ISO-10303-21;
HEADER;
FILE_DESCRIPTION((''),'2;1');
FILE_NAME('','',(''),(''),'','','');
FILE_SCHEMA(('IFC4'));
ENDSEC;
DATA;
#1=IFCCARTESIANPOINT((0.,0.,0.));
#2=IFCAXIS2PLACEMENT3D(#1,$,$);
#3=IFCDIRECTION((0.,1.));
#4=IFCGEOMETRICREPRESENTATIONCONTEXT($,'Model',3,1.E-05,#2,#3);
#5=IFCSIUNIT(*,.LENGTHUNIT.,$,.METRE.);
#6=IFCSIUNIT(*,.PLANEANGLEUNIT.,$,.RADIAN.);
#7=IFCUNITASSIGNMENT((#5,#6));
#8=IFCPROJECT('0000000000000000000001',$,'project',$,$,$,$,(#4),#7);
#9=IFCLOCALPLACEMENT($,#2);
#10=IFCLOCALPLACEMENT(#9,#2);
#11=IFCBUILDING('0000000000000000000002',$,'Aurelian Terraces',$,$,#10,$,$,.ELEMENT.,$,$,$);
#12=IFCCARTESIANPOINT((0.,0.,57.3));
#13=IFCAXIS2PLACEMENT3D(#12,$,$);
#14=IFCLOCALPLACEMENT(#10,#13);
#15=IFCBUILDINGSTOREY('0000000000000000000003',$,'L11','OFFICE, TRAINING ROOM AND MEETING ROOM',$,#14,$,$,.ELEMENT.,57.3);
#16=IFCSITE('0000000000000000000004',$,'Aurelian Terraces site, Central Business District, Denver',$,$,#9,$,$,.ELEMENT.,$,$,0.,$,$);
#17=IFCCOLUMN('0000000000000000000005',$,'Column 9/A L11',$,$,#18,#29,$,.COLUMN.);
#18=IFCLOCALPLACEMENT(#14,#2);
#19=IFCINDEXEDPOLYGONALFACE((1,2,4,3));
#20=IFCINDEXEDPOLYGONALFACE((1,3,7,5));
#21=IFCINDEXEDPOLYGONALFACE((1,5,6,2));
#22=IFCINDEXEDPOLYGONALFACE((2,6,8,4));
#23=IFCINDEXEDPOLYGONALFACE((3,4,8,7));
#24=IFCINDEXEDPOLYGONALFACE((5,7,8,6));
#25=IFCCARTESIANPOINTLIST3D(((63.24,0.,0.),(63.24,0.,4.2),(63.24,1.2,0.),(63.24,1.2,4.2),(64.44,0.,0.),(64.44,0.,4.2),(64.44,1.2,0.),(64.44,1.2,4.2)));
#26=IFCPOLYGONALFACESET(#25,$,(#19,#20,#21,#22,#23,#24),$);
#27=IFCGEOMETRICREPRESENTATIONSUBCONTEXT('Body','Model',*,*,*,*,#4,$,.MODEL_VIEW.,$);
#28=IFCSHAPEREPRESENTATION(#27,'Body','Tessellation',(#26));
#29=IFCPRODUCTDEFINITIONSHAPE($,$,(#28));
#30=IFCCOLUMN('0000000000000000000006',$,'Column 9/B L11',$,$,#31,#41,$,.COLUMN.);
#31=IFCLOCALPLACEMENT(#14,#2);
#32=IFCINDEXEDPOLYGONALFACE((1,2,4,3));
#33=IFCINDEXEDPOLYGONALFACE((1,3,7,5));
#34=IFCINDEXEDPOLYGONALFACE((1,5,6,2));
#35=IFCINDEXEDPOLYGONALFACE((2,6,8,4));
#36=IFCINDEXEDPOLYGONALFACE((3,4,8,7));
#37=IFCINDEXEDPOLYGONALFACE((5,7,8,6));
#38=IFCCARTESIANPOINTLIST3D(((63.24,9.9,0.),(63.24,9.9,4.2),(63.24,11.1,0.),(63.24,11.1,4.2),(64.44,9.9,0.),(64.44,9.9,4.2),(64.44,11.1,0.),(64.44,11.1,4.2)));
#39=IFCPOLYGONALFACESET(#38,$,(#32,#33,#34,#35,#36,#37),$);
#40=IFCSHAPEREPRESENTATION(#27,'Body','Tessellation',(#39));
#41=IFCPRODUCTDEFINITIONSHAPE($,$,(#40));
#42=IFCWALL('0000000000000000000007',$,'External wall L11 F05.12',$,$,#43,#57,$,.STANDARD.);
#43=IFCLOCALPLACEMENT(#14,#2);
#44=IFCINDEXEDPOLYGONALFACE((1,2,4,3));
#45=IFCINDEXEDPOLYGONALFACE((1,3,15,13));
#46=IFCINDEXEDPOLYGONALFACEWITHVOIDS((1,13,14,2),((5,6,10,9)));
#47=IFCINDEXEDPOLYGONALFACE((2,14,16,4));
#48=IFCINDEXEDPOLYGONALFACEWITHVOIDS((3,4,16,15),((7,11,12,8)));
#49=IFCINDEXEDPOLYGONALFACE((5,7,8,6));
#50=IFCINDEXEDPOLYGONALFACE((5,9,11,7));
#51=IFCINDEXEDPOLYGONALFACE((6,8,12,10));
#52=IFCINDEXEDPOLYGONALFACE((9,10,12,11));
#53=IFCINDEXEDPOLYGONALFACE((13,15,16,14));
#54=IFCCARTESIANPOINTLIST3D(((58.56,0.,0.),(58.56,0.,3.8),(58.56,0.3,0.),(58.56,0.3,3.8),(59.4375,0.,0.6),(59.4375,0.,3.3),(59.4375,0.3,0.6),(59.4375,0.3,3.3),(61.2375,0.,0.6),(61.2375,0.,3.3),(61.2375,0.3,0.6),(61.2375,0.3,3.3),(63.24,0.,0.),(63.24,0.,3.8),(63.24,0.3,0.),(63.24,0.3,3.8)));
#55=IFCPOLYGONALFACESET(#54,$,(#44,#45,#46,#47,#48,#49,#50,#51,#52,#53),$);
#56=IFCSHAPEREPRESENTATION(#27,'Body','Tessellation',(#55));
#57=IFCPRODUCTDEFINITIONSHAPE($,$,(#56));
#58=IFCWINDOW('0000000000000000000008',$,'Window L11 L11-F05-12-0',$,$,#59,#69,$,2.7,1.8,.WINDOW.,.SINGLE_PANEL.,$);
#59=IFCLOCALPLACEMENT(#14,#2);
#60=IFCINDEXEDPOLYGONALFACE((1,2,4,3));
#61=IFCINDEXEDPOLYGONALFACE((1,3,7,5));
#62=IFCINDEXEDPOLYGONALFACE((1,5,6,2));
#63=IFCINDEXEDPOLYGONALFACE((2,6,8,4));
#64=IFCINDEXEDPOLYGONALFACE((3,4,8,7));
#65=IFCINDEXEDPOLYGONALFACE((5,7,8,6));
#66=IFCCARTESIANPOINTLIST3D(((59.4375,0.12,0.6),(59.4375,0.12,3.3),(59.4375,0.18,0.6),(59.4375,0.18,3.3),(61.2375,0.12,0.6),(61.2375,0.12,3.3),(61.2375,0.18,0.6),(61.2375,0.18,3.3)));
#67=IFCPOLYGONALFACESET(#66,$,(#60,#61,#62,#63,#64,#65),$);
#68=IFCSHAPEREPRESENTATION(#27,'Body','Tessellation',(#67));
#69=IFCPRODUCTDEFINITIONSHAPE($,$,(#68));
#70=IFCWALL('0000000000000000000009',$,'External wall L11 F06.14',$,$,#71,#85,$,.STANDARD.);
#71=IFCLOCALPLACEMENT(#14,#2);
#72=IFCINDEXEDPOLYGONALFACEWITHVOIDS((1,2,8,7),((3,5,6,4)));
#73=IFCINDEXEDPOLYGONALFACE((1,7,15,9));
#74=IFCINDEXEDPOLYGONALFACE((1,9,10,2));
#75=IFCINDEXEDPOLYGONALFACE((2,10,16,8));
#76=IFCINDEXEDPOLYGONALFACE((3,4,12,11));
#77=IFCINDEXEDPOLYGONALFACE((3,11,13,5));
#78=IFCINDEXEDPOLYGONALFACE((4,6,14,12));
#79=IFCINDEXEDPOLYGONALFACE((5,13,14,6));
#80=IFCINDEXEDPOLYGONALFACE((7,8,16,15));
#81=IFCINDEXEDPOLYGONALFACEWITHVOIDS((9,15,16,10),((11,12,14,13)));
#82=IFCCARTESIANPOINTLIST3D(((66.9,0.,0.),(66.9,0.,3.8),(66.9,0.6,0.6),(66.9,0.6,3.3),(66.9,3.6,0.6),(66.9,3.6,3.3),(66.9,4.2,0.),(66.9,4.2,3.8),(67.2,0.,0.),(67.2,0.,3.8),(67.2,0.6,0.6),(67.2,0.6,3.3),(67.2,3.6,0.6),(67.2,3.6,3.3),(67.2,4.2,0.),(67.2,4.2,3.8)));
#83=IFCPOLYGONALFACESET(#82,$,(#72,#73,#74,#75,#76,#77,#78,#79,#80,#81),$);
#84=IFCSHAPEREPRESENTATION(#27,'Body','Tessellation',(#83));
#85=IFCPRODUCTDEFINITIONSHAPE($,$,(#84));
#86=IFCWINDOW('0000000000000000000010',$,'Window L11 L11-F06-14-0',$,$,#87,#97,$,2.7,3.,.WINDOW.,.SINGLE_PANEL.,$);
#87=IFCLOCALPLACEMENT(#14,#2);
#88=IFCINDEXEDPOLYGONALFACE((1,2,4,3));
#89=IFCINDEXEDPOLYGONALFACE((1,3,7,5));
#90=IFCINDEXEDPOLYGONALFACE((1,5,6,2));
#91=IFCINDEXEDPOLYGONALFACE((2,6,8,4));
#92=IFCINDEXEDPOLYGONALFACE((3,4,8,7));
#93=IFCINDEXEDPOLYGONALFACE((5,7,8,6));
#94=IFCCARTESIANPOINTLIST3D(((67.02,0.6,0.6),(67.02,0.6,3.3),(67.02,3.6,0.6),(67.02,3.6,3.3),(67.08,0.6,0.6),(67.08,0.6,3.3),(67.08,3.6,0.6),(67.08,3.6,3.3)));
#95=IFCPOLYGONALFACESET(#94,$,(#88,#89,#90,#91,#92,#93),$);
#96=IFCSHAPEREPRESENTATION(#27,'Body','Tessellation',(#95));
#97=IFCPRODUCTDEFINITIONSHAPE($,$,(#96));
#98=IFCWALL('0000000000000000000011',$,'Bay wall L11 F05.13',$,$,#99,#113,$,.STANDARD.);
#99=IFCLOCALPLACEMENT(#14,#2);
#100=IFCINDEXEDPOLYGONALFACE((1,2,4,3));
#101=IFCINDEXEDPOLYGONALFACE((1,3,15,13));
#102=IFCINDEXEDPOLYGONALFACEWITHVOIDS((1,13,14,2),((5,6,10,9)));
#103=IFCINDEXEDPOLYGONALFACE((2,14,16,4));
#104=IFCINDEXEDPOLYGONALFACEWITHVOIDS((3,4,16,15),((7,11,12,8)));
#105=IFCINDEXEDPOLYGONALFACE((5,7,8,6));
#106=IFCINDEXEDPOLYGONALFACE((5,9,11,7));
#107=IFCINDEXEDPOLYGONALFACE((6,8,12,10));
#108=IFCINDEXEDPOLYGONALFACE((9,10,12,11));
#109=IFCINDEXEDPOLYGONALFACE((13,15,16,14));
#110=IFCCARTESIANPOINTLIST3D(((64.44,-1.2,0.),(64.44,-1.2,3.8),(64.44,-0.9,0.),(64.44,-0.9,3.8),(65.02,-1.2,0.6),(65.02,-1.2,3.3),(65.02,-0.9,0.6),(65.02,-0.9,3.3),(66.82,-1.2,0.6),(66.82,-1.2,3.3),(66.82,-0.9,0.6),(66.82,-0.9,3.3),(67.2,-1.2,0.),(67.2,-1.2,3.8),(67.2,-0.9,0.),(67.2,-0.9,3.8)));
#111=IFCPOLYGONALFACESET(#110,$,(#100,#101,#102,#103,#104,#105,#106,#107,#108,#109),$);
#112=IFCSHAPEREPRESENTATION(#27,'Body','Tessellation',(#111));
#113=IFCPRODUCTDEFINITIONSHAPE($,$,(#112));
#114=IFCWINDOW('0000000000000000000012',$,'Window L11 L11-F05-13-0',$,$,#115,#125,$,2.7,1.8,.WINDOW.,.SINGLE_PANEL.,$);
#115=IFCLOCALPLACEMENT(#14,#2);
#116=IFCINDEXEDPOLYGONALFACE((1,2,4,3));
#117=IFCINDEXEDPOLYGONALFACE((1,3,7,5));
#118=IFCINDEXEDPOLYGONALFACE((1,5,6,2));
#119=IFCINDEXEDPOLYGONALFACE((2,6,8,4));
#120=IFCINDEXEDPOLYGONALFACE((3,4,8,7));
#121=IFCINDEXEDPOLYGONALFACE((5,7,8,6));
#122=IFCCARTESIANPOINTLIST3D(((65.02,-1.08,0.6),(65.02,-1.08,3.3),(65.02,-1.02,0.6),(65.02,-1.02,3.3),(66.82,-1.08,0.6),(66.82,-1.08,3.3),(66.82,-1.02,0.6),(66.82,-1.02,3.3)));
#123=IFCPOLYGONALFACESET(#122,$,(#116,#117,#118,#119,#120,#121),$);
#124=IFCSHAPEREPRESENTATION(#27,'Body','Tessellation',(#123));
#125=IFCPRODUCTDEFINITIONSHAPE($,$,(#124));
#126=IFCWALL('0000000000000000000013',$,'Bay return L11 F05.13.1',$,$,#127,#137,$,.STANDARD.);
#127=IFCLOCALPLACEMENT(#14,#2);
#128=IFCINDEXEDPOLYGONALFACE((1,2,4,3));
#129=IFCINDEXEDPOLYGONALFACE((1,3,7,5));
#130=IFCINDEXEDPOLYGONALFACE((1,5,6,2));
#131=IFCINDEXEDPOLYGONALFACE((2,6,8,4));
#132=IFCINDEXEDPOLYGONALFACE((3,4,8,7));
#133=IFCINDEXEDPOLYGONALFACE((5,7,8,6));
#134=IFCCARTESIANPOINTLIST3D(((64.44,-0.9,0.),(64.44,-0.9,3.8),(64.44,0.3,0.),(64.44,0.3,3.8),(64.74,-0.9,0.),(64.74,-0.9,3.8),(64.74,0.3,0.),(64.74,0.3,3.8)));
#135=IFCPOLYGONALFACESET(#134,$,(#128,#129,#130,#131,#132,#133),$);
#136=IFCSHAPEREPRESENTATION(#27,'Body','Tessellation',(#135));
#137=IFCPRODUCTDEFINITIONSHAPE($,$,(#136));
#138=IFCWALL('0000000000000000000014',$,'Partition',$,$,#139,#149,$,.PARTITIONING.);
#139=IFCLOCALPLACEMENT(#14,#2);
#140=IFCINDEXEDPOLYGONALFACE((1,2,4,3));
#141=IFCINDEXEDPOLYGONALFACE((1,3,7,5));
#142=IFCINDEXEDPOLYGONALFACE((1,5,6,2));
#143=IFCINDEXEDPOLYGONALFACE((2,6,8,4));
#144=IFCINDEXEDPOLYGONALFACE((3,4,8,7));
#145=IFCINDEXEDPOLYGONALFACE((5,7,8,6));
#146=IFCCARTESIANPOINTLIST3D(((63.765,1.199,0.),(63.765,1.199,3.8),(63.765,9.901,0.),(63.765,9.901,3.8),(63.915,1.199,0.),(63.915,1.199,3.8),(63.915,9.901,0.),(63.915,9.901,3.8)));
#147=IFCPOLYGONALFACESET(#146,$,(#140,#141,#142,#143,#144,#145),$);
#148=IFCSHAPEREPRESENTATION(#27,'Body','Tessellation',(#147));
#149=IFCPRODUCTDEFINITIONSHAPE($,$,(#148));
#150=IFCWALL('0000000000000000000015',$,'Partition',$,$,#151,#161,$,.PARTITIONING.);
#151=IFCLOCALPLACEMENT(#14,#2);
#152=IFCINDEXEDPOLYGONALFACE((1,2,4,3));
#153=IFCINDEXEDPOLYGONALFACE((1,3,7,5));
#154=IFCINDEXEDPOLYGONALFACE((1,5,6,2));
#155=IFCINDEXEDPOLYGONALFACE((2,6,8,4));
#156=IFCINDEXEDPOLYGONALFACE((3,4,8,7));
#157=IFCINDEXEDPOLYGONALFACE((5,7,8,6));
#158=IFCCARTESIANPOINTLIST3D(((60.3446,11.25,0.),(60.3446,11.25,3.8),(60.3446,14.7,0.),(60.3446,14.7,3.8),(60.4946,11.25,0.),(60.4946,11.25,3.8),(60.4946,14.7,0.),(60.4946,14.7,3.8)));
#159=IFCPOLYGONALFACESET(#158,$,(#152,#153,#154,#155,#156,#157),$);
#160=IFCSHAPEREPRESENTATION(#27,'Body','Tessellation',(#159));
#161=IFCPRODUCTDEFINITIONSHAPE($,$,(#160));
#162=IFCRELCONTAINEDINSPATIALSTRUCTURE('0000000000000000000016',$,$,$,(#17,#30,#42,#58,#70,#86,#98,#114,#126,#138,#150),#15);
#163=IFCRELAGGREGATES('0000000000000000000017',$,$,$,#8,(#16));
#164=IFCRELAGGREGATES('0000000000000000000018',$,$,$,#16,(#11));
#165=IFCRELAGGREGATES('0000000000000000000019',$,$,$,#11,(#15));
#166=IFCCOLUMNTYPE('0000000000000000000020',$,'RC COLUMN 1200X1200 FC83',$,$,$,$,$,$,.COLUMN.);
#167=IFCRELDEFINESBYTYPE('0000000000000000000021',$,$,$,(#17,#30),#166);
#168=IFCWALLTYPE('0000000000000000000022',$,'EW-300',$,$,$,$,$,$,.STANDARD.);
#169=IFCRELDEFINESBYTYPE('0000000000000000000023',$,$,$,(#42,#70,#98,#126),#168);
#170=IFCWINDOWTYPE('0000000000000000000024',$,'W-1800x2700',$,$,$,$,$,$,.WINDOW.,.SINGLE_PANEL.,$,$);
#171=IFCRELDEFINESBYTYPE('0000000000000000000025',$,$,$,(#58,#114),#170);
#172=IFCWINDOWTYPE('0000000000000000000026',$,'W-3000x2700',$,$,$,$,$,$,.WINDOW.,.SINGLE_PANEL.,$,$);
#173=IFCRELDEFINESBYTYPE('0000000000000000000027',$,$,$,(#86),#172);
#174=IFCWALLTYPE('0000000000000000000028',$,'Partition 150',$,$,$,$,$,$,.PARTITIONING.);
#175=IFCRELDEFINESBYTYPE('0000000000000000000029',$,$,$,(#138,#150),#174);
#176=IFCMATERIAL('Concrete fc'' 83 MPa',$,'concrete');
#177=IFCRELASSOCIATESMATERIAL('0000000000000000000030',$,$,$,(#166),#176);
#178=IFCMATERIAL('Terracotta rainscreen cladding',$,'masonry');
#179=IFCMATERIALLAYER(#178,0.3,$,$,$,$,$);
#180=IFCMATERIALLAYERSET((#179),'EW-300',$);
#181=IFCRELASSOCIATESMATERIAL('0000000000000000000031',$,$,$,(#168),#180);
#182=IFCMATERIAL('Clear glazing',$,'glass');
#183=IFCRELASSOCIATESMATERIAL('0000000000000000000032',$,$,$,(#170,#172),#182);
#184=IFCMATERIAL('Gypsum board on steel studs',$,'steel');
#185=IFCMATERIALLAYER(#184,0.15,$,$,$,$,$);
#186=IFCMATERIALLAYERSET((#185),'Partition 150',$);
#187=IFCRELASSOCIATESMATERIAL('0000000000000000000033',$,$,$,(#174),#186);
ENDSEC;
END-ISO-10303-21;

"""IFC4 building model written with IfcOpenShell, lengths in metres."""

from ifc_helpers import new_model, si_unit, direction, frame, frame_2d, origin, origin_2d, place, context, subcontext, project, spatial, rectangle, extrude, source, transform, mapped, material, layer, layer_set, material_profile, profile_set, type_object, element, fill, save


model = new_model("IFC4")

# Units and contexts
model_context = context("Model", 3, precision=1e-05, world=origin(), true_north=direction((0.0, 1.0)))
body_context = subcontext(model_context, "Body", "Model", "MODEL_VIEW")
ifc_project = project(units=[si_unit("LENGTHUNIT", "METRE"), si_unit("PLANEANGLEUNIT", "RADIAN")], contexts=[model_context])

# Site, building, storey
site_placement = place(None, origin())
site = spatial("IfcSite", under=ifc_project, at=site_placement, Name="Aurelian Terraces site, Central Business District, Denver", CompositionType="ELEMENT", RefElevation=0.0)
building_placement = place(site_placement, origin())
building = spatial("IfcBuilding", under=site, at=building_placement, Name="Aurelian Terraces", CompositionType="ELEMENT")
storey_placement = place(building_placement, frame((0.0, 0.0, 57.3)))
storey = spatial("IfcBuildingStorey", under=building, at=storey_placement, Name="L11", Description="OFFICE, TRAINING ROOM AND MEETING ROOM", CompositionType="ELEMENT", Elevation=57.3)

# Columns
ifc_material_1 = material(Name="Concrete fc' 83 MPa", Category="concrete")
ifc_material_profile = material_profile(ifc_material_1, rectangle(XDim=1.2, YDim=1.2, at=origin_2d()))
ifc_profile_set = profile_set([ifc_material_profile], Name="Concrete fc' 83 MPa")
column_type = type_object("IfcColumnType", Name="RC COLUMN 1200X1200 FC83", PredefinedType="COLUMN", material=ifc_profile_set)
shared_shape_1 = source(origin(), body_context, "Body", "SweptSolid", [
    extrude(rectangle(XDim=1.2, YDim=1.2, at=origin_2d()), origin(), (0.0, 0.0, 1.0), 4.2),
])
for number, where, z_axis, x_axis, name in (
    (1, (63.84, 0.6, 0.0), (0.0, 0.0, 1.0), (1.0, 0.0, 0.0), "Column 9/A L11"),
    (2, (63.84, 10.5, 0.0), (0.0, 0.0, 1.0), (1.0, 0.0, 0.0), "Column 9/B L11"),
):
    element("IfcColumn", number, at=place(storey_placement, frame(where, z_axis=z_axis, x_axis=x_axis)), inside=storey, type_object=column_type, Name=name, PredefinedType="COLUMN", context=body_context, shape_type="MappedRepresentation", body=[
        mapped(shared_shape_1, transform((0.0, 0.0, 0.0), scale=1.0)),
    ])

# Walls, openings, windows
ifc_material_2 = material(Name="Terracotta rainscreen cladding", Category="masonry")
ifc_layer_1 = layer(ifc_material_2, 0.3)
ifc_layer_set_1 = layer_set([ifc_layer_1], Name="EW-300")
wall_type_1 = type_object("IfcWallType", Name="EW-300", PredefinedType="STANDARD", material=ifc_layer_set_1)
shared_shape_2 = source(origin(), body_context, "Body", "SweptSolid", [
    extrude(rectangle(XDim=4.68, YDim=0.3, at=frame_2d((2.34, 0.0))), origin(), (0.0, 0.0, 1.0), 3.8),
])
wall_1_placement = place(storey_placement, frame((58.56, 0.15, 0.0), z_axis=(0.0, 0.0, 1.0), x_axis=(1.0, 0.0, 0.0)))
wall_1 = element("IfcWall", 3, at=wall_1_placement, inside=storey, type_object=wall_type_1, Name="External wall L11 F05.12", PredefinedType="STANDARD", context=body_context, shape_type="MappedRepresentation", body=[
    mapped(shared_shape_2, transform((0.0, 0.0, 0.0), scale=1.0)),
])
shared_shape_3 = source(origin(), body_context, "Body", "SweptSolid", [
    extrude(rectangle(XDim=1.8, YDim=2.7, at=frame_2d((0.9, 1.35))), frame((0.0, 0.16, 0.0), z_axis=(0.0, -1.0, 0.0), x_axis=(1.0, 0.0, 0.0)), (0.0, 0.0, 1.0), 0.32),
])
opening_1_placement = place(wall_1_placement, frame((0.8775, 0.0, 0.6)))
opening_1 = element("IfcOpeningElement", 4, at=opening_1_placement, cuts=wall_1, PredefinedType="OPENING", context=body_context, shape_type="MappedRepresentation", body=[
    mapped(shared_shape_3, transform((0.0, 0.0, 0.0), scale=1.0)),
])
ifc_material_3 = material(Name="Clear glazing", Category="glass")
window_type_1 = type_object("IfcWindowType", Name="W-1800x2700", PartitioningType="SINGLE_PANEL", PredefinedType="WINDOW", material=ifc_material_3)
shared_shape_4 = source(origin(), body_context, "Body", "SweptSolid", [
    extrude(rectangle(XDim=1.8, YDim=2.7, at=frame_2d((0.9, 1.35))), frame((0.0, 0.03, 0.0), z_axis=(0.0, -1.0, 0.0), x_axis=(1.0, 0.0, 0.0)), (0.0, 0.0, 1.0), 0.06),
])
window_1_placement = place(opening_1_placement, origin())
window_1 = element("IfcWindow", 5, at=window_1_placement, inside=storey, type_object=window_type_1, Name="Window L11 L11-F05-12-0", OverallHeight=2.7, OverallWidth=1.8, PartitioningType="SINGLE_PANEL", PredefinedType="WINDOW", context=body_context, shape_type="MappedRepresentation", body=[
    mapped(shared_shape_4, transform((0.0, 0.0, 0.0), scale=1.0)),
])
fill(opening_1, window_1)
shared_shape_5 = source(origin(), body_context, "Body", "SweptSolid", [
    extrude(rectangle(XDim=4.2, YDim=0.3, at=frame_2d((2.1, 0.0))), origin(), (0.0, 0.0, 1.0), 3.8),
])
wall_2_placement = place(storey_placement, frame((67.05, 0.0, 0.0), z_axis=(0.0, 0.0, 1.0), x_axis=(0.0, 1.0, 0.0)))
wall_2 = element("IfcWall", 6, at=wall_2_placement, inside=storey, type_object=wall_type_1, Name="External wall L11 F06.14", PredefinedType="STANDARD", context=body_context, shape_type="MappedRepresentation", body=[
    mapped(shared_shape_5, transform((0.0, 0.0, 0.0), scale=1.0)),
])
shared_shape_6 = source(origin(), body_context, "Body", "SweptSolid", [
    extrude(rectangle(XDim=3.0, YDim=2.7, at=frame_2d((1.5, 1.35))), frame((0.0, 0.16, 0.0), z_axis=(0.0, -1.0, 0.0), x_axis=(1.0, 0.0, 0.0)), (0.0, 0.0, 1.0), 0.32),
])
opening_2_placement = place(wall_2_placement, frame((0.6, 0.0, 0.6)))
opening_2 = element("IfcOpeningElement", 7, at=opening_2_placement, cuts=wall_2, PredefinedType="OPENING", context=body_context, shape_type="MappedRepresentation", body=[
    mapped(shared_shape_6, transform((0.0, 0.0, 0.0), scale=1.0)),
])
window_type_2 = type_object("IfcWindowType", Name="W-3000x2700", PartitioningType="SINGLE_PANEL", PredefinedType="WINDOW", material=ifc_material_3)
shared_shape_7 = source(origin(), body_context, "Body", "SweptSolid", [
    extrude(rectangle(XDim=3.0, YDim=2.7, at=frame_2d((1.5, 1.35))), frame((0.0, 0.03, 0.0), z_axis=(0.0, -1.0, 0.0), x_axis=(1.0, 0.0, 0.0)), (0.0, 0.0, 1.0), 0.06),
])
window_2_placement = place(opening_2_placement, origin())
window_2 = element("IfcWindow", 8, at=window_2_placement, inside=storey, type_object=window_type_2, Name="Window L11 L11-F06-14-0", OverallHeight=2.7, OverallWidth=3.0, PartitioningType="SINGLE_PANEL", PredefinedType="WINDOW", context=body_context, shape_type="MappedRepresentation", body=[
    mapped(shared_shape_7, transform((0.0, 0.0, 0.0), scale=1.0)),
])
fill(opening_2, window_2)
shared_shape_8 = source(origin(), body_context, "Body", "SweptSolid", [
    extrude(rectangle(XDim=2.76, YDim=0.3, at=frame_2d((1.38, 0.0))), origin(), (0.0, 0.0, 1.0), 3.8),
])
wall_3_placement = place(storey_placement, frame((64.44, -1.05, 0.0), z_axis=(0.0, 0.0, 1.0), x_axis=(1.0, 0.0, 0.0)))
wall_3 = element("IfcWall", 9, at=wall_3_placement, inside=storey, type_object=wall_type_1, Name="Bay wall L11 F05.13", PredefinedType="STANDARD", context=body_context, shape_type="MappedRepresentation", body=[
    mapped(shared_shape_8, transform((0.0, 0.0, 0.0), scale=1.0)),
])
opening_3_placement = place(wall_3_placement, frame((0.58, 0.0, 0.6)))
opening_3 = element("IfcOpeningElement", 10, at=opening_3_placement, cuts=wall_3, PredefinedType="OPENING", context=body_context, shape_type="MappedRepresentation", body=[
    mapped(shared_shape_3, transform((0.0, 0.0, 0.0), scale=1.0)),
])
window_3_placement = place(opening_3_placement, origin())
window_3 = element("IfcWindow", 11, at=window_3_placement, inside=storey, type_object=window_type_1, Name="Window L11 L11-F05-13-0", OverallHeight=2.7, OverallWidth=1.8, PartitioningType="SINGLE_PANEL", PredefinedType="WINDOW", context=body_context, shape_type="MappedRepresentation", body=[
    mapped(shared_shape_4, transform((0.0, 0.0, 0.0), scale=1.0)),
])
fill(opening_3, window_3)

# Walls
shared_shape_9 = source(origin(), body_context, "Body", "SweptSolid", [
    extrude(rectangle(XDim=1.2, YDim=0.3, at=frame_2d((0.6, 0.0))), origin(), (0.0, 0.0, 1.0), 3.8),
])
wall_4_placement = place(storey_placement, frame((64.59, 0.3, 0.0), z_axis=(0.0, 0.0, 1.0), x_axis=(0.0, -1.0, 0.0)))
element("IfcWall", 12, at=wall_4_placement, inside=storey, type_object=wall_type_1, Name="Bay return L11 F05.13.1", PredefinedType="STANDARD", context=body_context, shape_type="MappedRepresentation", body=[
    mapped(shared_shape_9, transform((0.0, 0.0, 0.0), scale=1.0)),
])
ifc_material_4 = material(Name="Gypsum board on steel studs", Category="steel")
ifc_layer_2 = layer(ifc_material_4, 0.15)
ifc_layer_set_2 = layer_set([ifc_layer_2], Name="Partition 150")
wall_type_2 = type_object("IfcWallType", Name="Partition 150", PredefinedType="PARTITIONING", material=ifc_layer_set_2)
shared_shape_10 = source(origin(), body_context, "Body", "SweptSolid", [
    extrude(rectangle(XDim=8.702, YDim=0.15, at=frame_2d((4.351, 0.0))), origin(), (0.0, 0.0, 1.0), 3.8),
])
wall_5_placement = place(storey_placement, frame((63.84, 1.199, 0.0), z_axis=(0.0, 0.0, 1.0), x_axis=(0.0, 1.0, 0.0)))
element("IfcWall", 13, at=wall_5_placement, inside=storey, type_object=wall_type_2, Name="Partition", PredefinedType="PARTITIONING", context=body_context, shape_type="MappedRepresentation", body=[
    mapped(shared_shape_10, transform((0.0, 0.0, 0.0), scale=1.0)),
])
shared_shape_11 = source(origin(), body_context, "Body", "SweptSolid", [
    extrude(rectangle(XDim=3.45, YDim=0.15, at=frame_2d((1.725, 0.0))), origin(), (0.0, 0.0, 1.0), 3.8),
])
for number, where, z_axis, x_axis, name in (
    (14, (60.4196, 11.25, 0.0), (0.0, 0.0, 1.0), (0.0, 1.0, 0.0), "Partition"),
):
    element("IfcWall", number, at=place(storey_placement, frame(where, z_axis=z_axis, x_axis=x_axis)), inside=storey, type_object=wall_type_2, Name=name, PredefinedType="PARTITIONING", context=body_context, shape_type="MappedRepresentation", body=[
        mapped(shared_shape_11, transform((0.0, 0.0, 0.0), scale=1.0)),
    ])

save(model, "model.ifc")
